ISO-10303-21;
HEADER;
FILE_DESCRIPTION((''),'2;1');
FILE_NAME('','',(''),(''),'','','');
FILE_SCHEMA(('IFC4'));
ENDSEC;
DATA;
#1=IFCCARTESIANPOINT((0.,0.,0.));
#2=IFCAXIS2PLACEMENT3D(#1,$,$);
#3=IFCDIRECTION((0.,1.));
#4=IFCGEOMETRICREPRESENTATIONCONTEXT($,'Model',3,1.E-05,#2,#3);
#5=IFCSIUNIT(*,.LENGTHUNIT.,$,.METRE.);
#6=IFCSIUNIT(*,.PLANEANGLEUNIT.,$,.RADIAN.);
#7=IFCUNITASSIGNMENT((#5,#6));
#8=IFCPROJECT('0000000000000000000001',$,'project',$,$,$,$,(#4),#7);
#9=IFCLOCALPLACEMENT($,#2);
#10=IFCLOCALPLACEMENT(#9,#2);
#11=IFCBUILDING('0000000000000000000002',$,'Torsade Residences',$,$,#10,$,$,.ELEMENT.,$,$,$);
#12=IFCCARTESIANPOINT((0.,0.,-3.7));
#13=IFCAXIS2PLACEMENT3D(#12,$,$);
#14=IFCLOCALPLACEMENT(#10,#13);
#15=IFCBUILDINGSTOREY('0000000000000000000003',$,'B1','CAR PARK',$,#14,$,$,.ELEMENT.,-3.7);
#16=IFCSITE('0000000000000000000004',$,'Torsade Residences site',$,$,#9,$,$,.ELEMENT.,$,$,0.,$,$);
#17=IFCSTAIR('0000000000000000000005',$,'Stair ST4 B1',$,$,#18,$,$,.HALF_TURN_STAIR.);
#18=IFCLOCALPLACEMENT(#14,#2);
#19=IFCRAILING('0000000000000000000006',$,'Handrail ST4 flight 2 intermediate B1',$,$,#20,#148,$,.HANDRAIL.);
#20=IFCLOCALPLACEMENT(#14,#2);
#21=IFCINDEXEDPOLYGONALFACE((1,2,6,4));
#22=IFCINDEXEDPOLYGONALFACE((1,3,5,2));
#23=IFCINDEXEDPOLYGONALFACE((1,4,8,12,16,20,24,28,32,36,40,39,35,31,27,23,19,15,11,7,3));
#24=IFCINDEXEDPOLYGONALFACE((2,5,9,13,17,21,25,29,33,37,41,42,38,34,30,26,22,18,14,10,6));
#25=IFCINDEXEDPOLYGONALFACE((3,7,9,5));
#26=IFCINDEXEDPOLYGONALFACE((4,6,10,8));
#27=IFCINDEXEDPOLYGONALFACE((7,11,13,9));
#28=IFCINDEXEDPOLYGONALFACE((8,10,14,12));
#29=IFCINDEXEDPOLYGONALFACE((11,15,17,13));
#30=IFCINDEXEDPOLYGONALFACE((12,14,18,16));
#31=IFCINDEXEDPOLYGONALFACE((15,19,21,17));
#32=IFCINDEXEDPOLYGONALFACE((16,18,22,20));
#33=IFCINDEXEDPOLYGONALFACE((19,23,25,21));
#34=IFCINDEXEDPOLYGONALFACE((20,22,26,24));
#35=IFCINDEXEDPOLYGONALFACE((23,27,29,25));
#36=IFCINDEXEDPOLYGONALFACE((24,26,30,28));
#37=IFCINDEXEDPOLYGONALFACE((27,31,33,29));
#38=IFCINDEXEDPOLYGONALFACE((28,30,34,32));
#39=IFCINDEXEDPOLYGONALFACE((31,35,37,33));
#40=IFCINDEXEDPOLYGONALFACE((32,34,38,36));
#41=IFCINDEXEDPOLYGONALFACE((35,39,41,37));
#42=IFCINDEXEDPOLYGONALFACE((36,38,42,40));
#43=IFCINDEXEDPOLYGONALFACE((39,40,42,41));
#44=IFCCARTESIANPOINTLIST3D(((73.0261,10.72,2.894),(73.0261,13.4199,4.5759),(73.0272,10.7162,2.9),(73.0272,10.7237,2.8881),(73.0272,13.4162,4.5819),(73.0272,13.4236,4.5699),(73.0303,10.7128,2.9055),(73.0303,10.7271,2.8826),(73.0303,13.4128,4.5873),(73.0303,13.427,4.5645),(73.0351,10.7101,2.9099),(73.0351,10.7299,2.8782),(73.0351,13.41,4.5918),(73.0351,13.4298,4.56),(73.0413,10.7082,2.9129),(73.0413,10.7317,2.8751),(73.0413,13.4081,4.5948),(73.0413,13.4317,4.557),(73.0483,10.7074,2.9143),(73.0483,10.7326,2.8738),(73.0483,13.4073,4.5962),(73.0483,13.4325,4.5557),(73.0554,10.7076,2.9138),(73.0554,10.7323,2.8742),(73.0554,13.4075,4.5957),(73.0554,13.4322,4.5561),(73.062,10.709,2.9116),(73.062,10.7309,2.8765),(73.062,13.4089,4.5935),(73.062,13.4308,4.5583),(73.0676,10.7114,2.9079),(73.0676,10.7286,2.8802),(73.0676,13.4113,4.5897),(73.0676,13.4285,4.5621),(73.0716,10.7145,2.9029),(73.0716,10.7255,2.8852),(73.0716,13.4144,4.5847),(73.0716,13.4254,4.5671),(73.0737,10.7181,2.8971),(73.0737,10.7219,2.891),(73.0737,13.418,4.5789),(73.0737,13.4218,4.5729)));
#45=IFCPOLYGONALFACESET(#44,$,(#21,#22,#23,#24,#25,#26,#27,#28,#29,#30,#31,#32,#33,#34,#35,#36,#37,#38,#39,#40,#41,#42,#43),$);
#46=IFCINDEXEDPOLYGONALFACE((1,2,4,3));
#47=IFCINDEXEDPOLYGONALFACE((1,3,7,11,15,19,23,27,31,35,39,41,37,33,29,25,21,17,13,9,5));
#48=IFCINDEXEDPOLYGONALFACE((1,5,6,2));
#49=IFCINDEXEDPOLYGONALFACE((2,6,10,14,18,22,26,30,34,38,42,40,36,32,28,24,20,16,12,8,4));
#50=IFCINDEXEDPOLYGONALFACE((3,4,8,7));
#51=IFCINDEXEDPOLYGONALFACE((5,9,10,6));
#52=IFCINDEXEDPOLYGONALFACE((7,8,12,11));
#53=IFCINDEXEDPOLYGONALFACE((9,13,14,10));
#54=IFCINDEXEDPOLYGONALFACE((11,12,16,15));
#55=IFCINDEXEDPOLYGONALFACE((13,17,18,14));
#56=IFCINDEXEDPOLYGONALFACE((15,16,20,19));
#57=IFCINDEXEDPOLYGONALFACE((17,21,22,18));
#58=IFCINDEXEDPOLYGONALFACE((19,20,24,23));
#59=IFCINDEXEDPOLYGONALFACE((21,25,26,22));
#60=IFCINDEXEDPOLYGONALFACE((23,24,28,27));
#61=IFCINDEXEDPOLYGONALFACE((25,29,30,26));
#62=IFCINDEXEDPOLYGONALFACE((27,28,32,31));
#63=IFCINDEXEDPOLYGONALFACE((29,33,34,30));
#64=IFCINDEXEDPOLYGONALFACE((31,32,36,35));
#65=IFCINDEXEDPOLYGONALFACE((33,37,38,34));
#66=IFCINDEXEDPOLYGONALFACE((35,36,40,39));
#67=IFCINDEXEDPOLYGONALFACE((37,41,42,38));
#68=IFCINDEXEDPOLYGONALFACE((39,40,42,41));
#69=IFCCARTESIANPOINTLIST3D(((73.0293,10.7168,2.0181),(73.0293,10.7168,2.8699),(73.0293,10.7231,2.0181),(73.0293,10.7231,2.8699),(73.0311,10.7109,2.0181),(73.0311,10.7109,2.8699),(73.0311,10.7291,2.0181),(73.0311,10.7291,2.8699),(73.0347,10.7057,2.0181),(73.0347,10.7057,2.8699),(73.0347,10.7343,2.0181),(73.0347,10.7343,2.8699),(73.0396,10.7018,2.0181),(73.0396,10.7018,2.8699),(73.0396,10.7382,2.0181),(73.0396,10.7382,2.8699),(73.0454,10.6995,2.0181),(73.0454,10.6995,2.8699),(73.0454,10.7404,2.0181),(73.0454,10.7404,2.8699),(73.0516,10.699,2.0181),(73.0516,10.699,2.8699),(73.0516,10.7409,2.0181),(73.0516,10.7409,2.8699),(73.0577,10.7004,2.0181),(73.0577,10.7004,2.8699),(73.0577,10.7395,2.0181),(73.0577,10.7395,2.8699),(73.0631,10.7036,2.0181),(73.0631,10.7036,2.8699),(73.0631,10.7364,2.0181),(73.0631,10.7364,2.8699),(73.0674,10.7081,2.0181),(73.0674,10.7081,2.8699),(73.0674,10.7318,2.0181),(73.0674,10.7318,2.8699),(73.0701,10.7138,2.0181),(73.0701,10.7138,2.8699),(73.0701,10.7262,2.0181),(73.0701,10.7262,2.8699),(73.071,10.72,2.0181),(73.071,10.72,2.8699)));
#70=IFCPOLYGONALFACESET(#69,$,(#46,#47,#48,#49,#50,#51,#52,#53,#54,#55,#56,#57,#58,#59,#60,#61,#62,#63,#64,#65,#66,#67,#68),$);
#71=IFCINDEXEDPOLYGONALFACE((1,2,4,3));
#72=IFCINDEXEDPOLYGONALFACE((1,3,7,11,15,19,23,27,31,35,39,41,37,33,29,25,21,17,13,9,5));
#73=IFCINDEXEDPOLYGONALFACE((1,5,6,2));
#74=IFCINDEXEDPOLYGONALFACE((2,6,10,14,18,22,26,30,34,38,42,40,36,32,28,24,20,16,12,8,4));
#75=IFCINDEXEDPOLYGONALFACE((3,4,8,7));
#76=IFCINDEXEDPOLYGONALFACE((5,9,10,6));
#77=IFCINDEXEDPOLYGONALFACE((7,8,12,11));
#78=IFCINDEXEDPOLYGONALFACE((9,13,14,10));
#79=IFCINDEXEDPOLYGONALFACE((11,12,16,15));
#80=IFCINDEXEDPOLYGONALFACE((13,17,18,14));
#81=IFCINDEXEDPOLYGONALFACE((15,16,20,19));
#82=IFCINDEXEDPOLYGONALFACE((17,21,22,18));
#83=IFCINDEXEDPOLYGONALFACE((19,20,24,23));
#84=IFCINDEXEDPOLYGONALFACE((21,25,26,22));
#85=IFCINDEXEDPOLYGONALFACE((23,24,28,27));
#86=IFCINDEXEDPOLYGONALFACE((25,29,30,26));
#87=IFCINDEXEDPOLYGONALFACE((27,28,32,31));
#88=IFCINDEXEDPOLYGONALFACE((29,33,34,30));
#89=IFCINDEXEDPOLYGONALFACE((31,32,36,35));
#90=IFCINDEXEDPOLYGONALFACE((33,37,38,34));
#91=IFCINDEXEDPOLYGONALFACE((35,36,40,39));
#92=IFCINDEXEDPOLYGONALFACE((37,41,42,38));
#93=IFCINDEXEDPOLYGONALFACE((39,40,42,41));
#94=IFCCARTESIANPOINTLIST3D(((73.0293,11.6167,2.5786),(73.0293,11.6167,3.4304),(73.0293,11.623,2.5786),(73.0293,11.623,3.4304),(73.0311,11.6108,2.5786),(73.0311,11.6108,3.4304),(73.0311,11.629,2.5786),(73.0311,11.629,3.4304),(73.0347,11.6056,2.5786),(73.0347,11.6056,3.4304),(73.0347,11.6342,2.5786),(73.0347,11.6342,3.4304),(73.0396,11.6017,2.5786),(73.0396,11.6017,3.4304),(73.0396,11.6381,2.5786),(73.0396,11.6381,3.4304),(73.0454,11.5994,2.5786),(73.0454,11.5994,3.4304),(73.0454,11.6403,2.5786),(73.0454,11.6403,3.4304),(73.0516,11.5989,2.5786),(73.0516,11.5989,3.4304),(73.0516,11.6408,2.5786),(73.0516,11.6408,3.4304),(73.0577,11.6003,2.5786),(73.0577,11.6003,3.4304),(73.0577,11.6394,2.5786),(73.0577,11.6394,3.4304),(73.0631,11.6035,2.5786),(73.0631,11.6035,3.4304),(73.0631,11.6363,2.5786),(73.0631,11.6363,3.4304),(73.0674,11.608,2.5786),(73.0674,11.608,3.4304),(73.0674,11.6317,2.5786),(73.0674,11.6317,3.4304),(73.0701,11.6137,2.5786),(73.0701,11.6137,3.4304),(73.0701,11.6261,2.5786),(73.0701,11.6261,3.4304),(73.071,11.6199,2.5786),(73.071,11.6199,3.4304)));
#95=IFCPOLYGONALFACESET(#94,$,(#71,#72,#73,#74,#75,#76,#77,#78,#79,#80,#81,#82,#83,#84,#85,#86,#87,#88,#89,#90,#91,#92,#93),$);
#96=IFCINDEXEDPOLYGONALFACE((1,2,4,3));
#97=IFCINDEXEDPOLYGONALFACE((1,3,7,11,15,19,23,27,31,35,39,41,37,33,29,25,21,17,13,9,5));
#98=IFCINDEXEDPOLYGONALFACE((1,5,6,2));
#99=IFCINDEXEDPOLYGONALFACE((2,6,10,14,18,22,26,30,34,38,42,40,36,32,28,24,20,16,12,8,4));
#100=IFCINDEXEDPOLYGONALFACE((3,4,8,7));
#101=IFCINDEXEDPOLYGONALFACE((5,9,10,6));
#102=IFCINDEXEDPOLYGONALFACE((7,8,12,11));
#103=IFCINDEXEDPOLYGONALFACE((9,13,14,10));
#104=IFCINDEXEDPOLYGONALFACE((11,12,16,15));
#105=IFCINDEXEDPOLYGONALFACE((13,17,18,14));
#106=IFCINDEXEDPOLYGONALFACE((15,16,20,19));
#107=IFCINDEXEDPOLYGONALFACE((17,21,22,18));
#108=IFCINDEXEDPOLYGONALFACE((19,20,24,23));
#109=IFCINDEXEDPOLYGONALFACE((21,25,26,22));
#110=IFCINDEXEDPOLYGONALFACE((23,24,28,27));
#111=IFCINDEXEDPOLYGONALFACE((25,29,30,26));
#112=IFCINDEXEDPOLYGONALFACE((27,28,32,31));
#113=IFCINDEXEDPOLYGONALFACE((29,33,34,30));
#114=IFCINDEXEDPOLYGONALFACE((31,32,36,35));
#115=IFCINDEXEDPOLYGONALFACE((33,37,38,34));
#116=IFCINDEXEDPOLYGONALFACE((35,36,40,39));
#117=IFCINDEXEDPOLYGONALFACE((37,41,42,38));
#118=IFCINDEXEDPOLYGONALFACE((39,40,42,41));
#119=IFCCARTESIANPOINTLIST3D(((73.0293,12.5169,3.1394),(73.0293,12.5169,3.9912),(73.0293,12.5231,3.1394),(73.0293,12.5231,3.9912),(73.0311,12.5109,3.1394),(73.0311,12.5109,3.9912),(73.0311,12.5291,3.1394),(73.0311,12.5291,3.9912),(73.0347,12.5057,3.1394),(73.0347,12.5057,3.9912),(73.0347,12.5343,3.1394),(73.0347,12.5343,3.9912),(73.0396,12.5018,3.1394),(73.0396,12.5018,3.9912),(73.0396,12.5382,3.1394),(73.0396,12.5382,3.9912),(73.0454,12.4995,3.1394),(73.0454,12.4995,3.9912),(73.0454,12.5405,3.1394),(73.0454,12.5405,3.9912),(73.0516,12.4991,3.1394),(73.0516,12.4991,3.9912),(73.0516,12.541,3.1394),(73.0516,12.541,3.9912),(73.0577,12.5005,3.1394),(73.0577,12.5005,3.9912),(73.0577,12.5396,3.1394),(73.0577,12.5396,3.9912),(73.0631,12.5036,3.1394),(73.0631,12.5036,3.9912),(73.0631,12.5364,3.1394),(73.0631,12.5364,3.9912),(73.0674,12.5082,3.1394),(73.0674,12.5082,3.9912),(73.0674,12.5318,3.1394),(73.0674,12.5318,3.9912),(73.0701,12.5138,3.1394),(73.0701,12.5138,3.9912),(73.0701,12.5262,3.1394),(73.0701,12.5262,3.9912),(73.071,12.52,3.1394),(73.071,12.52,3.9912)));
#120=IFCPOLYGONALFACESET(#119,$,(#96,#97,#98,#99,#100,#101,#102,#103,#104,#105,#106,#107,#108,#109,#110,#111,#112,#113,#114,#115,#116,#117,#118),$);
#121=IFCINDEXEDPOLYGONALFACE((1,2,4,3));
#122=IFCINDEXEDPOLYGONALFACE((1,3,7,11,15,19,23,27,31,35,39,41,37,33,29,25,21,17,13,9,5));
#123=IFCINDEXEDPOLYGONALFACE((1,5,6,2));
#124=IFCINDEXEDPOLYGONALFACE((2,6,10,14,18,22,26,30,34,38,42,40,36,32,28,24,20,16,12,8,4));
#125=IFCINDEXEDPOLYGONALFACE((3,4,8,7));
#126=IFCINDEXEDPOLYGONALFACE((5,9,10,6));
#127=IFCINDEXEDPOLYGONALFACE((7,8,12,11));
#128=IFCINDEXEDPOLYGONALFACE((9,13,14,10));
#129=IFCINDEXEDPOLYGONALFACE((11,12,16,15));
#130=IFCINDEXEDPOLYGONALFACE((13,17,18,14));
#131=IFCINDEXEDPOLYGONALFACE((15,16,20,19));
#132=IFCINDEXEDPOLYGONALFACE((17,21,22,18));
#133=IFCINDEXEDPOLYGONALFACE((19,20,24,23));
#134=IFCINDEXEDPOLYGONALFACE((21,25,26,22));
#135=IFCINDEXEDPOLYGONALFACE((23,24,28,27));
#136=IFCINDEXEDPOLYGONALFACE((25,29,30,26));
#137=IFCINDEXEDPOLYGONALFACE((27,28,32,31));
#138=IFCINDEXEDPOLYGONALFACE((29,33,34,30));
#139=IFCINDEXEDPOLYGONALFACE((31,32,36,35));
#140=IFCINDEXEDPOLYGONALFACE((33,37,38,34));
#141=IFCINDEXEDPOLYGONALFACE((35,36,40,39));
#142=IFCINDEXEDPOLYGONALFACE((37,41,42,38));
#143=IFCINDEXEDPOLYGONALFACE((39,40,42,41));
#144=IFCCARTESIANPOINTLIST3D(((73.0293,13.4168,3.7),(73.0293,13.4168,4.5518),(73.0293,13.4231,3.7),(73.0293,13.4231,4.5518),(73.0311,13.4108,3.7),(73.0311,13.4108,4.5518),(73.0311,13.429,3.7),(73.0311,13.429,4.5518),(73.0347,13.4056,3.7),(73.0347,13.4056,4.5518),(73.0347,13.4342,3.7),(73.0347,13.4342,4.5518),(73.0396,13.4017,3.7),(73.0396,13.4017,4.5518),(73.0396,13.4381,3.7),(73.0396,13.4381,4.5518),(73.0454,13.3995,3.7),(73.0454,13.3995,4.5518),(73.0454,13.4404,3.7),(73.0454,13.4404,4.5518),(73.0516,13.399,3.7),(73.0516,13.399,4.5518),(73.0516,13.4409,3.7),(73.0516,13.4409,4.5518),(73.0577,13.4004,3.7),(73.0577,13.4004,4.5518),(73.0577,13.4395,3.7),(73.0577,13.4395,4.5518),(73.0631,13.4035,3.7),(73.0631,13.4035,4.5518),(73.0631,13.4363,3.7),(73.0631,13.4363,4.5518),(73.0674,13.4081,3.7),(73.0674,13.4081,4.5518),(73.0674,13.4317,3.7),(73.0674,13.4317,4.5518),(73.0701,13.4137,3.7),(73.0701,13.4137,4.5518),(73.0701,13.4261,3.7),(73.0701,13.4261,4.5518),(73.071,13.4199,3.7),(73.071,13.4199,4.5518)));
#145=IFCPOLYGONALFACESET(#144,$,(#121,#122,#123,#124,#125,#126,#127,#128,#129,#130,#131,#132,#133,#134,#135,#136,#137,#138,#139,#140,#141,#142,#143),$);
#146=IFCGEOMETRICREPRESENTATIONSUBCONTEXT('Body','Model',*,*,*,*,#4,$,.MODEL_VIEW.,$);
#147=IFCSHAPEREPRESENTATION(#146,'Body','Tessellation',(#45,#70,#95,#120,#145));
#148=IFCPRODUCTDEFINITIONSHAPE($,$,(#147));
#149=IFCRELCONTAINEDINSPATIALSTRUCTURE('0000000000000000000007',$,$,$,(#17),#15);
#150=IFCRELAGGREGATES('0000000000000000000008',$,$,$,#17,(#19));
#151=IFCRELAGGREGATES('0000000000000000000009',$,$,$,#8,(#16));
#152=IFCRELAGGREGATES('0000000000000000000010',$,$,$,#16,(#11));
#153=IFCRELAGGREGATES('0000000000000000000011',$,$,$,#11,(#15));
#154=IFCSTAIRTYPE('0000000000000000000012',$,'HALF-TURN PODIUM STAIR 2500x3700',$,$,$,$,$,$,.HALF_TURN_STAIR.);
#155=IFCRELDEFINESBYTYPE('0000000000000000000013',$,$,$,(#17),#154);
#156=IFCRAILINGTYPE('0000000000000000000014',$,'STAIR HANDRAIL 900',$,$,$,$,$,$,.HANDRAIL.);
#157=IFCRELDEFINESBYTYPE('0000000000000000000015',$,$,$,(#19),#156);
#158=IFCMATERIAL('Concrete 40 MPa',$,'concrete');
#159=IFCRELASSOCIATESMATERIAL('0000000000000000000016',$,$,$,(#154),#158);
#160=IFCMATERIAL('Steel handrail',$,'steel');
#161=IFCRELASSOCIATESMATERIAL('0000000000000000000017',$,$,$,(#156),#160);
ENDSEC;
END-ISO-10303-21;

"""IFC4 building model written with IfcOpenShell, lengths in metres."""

from ifc_helpers import new_model, si_unit, direction, frame, origin, origin_2d, place, context, subcontext, project, spatial, circle, extrude, material, type_object, element, aggregate, save


model = new_model("IFC4")

# Units and contexts
model_context = context("Model", 3, precision=1e-05, world=origin(), true_north=direction((0.0, 1.0)))
body_context = subcontext(model_context, "Body", "Model", "MODEL_VIEW")
ifc_project = project(units=[si_unit("LENGTHUNIT", "METRE"), si_unit("PLANEANGLEUNIT", "RADIAN")], contexts=[model_context])

# Site, building, storey
site_placement = place(None, origin())
site = spatial("IfcSite", under=ifc_project, at=site_placement, Name="Torsade Residences site", CompositionType="ELEMENT", RefElevation=0.0)
building_placement = place(site_placement, origin())
building = spatial("IfcBuilding", under=site, at=building_placement, Name="Torsade Residences", CompositionType="ELEMENT")
storey_placement = place(building_placement, frame((0.0, 0.0, -3.7)))
storey = spatial("IfcBuildingStorey", under=building, at=storey_placement, Name="B1", Description="CAR PARK", CompositionType="ELEMENT", Elevation=-3.7)

# Stair, railing
ifc_material_1 = material(Name="Concrete 40 MPa", Category="concrete")
stair_type = type_object("IfcStairType", Name="HALF-TURN PODIUM STAIR 2500x3700", PredefinedType="HALF_TURN_STAIR", material=ifc_material_1)
stair_placement = place(storey_placement, origin())
stair = element("IfcStair", 1, at=stair_placement, inside=storey, type_object=stair_type, Name="Stair ST4 B1", PredefinedType="HALF_TURN_STAIR")
ifc_material_2 = material(Name="Steel handrail", Category="steel")
railing_type_1 = type_object("IfcRailingType", Name="STAIR HANDRAIL 900", PredefinedType="HANDRAIL", material=ifc_material_2)
railing_1_placement = place(storey_placement, frame((73.05, 10.72, 2.0181)))
railing_1 = element("IfcRailing", 2, at=railing_1_placement, type_object=railing_type_1, Name="Handrail ST4 flight 2 intermediate B1", PredefinedType="HANDRAIL", context=body_context, shape_type="SweptSolid", body=[
    extrude(circle(Radius=0.0239, at=origin_2d()), frame((0.0, 0.0, 0.876), z_axis=(0.0, 0.848786, 0.528736), x_axis=(-1.0, 0.0, 0.0)), (0.0, 0.0, 1.0), 3.1809),
    extrude(circle(Radius=0.021, at=origin_2d()), origin(), (0.0, 0.0, 1.0), 0.8518),
    extrude(circle(Radius=0.021, at=origin_2d()), frame((0.0, 0.8999, 0.5605)), (0.0, 0.0, 1.0), 0.8518),
    extrude(circle(Radius=0.021, at=origin_2d()), frame((0.0, 1.8, 1.1213)), (0.0, 0.0, 1.0), 0.8518),
    extrude(circle(Radius=0.021, at=origin_2d()), frame((0.0, 2.7, 1.6819)), (0.0, 0.0, 1.0), 0.8518),
])
aggregate(stair, [railing_1])

save(model, "model.ifc")
